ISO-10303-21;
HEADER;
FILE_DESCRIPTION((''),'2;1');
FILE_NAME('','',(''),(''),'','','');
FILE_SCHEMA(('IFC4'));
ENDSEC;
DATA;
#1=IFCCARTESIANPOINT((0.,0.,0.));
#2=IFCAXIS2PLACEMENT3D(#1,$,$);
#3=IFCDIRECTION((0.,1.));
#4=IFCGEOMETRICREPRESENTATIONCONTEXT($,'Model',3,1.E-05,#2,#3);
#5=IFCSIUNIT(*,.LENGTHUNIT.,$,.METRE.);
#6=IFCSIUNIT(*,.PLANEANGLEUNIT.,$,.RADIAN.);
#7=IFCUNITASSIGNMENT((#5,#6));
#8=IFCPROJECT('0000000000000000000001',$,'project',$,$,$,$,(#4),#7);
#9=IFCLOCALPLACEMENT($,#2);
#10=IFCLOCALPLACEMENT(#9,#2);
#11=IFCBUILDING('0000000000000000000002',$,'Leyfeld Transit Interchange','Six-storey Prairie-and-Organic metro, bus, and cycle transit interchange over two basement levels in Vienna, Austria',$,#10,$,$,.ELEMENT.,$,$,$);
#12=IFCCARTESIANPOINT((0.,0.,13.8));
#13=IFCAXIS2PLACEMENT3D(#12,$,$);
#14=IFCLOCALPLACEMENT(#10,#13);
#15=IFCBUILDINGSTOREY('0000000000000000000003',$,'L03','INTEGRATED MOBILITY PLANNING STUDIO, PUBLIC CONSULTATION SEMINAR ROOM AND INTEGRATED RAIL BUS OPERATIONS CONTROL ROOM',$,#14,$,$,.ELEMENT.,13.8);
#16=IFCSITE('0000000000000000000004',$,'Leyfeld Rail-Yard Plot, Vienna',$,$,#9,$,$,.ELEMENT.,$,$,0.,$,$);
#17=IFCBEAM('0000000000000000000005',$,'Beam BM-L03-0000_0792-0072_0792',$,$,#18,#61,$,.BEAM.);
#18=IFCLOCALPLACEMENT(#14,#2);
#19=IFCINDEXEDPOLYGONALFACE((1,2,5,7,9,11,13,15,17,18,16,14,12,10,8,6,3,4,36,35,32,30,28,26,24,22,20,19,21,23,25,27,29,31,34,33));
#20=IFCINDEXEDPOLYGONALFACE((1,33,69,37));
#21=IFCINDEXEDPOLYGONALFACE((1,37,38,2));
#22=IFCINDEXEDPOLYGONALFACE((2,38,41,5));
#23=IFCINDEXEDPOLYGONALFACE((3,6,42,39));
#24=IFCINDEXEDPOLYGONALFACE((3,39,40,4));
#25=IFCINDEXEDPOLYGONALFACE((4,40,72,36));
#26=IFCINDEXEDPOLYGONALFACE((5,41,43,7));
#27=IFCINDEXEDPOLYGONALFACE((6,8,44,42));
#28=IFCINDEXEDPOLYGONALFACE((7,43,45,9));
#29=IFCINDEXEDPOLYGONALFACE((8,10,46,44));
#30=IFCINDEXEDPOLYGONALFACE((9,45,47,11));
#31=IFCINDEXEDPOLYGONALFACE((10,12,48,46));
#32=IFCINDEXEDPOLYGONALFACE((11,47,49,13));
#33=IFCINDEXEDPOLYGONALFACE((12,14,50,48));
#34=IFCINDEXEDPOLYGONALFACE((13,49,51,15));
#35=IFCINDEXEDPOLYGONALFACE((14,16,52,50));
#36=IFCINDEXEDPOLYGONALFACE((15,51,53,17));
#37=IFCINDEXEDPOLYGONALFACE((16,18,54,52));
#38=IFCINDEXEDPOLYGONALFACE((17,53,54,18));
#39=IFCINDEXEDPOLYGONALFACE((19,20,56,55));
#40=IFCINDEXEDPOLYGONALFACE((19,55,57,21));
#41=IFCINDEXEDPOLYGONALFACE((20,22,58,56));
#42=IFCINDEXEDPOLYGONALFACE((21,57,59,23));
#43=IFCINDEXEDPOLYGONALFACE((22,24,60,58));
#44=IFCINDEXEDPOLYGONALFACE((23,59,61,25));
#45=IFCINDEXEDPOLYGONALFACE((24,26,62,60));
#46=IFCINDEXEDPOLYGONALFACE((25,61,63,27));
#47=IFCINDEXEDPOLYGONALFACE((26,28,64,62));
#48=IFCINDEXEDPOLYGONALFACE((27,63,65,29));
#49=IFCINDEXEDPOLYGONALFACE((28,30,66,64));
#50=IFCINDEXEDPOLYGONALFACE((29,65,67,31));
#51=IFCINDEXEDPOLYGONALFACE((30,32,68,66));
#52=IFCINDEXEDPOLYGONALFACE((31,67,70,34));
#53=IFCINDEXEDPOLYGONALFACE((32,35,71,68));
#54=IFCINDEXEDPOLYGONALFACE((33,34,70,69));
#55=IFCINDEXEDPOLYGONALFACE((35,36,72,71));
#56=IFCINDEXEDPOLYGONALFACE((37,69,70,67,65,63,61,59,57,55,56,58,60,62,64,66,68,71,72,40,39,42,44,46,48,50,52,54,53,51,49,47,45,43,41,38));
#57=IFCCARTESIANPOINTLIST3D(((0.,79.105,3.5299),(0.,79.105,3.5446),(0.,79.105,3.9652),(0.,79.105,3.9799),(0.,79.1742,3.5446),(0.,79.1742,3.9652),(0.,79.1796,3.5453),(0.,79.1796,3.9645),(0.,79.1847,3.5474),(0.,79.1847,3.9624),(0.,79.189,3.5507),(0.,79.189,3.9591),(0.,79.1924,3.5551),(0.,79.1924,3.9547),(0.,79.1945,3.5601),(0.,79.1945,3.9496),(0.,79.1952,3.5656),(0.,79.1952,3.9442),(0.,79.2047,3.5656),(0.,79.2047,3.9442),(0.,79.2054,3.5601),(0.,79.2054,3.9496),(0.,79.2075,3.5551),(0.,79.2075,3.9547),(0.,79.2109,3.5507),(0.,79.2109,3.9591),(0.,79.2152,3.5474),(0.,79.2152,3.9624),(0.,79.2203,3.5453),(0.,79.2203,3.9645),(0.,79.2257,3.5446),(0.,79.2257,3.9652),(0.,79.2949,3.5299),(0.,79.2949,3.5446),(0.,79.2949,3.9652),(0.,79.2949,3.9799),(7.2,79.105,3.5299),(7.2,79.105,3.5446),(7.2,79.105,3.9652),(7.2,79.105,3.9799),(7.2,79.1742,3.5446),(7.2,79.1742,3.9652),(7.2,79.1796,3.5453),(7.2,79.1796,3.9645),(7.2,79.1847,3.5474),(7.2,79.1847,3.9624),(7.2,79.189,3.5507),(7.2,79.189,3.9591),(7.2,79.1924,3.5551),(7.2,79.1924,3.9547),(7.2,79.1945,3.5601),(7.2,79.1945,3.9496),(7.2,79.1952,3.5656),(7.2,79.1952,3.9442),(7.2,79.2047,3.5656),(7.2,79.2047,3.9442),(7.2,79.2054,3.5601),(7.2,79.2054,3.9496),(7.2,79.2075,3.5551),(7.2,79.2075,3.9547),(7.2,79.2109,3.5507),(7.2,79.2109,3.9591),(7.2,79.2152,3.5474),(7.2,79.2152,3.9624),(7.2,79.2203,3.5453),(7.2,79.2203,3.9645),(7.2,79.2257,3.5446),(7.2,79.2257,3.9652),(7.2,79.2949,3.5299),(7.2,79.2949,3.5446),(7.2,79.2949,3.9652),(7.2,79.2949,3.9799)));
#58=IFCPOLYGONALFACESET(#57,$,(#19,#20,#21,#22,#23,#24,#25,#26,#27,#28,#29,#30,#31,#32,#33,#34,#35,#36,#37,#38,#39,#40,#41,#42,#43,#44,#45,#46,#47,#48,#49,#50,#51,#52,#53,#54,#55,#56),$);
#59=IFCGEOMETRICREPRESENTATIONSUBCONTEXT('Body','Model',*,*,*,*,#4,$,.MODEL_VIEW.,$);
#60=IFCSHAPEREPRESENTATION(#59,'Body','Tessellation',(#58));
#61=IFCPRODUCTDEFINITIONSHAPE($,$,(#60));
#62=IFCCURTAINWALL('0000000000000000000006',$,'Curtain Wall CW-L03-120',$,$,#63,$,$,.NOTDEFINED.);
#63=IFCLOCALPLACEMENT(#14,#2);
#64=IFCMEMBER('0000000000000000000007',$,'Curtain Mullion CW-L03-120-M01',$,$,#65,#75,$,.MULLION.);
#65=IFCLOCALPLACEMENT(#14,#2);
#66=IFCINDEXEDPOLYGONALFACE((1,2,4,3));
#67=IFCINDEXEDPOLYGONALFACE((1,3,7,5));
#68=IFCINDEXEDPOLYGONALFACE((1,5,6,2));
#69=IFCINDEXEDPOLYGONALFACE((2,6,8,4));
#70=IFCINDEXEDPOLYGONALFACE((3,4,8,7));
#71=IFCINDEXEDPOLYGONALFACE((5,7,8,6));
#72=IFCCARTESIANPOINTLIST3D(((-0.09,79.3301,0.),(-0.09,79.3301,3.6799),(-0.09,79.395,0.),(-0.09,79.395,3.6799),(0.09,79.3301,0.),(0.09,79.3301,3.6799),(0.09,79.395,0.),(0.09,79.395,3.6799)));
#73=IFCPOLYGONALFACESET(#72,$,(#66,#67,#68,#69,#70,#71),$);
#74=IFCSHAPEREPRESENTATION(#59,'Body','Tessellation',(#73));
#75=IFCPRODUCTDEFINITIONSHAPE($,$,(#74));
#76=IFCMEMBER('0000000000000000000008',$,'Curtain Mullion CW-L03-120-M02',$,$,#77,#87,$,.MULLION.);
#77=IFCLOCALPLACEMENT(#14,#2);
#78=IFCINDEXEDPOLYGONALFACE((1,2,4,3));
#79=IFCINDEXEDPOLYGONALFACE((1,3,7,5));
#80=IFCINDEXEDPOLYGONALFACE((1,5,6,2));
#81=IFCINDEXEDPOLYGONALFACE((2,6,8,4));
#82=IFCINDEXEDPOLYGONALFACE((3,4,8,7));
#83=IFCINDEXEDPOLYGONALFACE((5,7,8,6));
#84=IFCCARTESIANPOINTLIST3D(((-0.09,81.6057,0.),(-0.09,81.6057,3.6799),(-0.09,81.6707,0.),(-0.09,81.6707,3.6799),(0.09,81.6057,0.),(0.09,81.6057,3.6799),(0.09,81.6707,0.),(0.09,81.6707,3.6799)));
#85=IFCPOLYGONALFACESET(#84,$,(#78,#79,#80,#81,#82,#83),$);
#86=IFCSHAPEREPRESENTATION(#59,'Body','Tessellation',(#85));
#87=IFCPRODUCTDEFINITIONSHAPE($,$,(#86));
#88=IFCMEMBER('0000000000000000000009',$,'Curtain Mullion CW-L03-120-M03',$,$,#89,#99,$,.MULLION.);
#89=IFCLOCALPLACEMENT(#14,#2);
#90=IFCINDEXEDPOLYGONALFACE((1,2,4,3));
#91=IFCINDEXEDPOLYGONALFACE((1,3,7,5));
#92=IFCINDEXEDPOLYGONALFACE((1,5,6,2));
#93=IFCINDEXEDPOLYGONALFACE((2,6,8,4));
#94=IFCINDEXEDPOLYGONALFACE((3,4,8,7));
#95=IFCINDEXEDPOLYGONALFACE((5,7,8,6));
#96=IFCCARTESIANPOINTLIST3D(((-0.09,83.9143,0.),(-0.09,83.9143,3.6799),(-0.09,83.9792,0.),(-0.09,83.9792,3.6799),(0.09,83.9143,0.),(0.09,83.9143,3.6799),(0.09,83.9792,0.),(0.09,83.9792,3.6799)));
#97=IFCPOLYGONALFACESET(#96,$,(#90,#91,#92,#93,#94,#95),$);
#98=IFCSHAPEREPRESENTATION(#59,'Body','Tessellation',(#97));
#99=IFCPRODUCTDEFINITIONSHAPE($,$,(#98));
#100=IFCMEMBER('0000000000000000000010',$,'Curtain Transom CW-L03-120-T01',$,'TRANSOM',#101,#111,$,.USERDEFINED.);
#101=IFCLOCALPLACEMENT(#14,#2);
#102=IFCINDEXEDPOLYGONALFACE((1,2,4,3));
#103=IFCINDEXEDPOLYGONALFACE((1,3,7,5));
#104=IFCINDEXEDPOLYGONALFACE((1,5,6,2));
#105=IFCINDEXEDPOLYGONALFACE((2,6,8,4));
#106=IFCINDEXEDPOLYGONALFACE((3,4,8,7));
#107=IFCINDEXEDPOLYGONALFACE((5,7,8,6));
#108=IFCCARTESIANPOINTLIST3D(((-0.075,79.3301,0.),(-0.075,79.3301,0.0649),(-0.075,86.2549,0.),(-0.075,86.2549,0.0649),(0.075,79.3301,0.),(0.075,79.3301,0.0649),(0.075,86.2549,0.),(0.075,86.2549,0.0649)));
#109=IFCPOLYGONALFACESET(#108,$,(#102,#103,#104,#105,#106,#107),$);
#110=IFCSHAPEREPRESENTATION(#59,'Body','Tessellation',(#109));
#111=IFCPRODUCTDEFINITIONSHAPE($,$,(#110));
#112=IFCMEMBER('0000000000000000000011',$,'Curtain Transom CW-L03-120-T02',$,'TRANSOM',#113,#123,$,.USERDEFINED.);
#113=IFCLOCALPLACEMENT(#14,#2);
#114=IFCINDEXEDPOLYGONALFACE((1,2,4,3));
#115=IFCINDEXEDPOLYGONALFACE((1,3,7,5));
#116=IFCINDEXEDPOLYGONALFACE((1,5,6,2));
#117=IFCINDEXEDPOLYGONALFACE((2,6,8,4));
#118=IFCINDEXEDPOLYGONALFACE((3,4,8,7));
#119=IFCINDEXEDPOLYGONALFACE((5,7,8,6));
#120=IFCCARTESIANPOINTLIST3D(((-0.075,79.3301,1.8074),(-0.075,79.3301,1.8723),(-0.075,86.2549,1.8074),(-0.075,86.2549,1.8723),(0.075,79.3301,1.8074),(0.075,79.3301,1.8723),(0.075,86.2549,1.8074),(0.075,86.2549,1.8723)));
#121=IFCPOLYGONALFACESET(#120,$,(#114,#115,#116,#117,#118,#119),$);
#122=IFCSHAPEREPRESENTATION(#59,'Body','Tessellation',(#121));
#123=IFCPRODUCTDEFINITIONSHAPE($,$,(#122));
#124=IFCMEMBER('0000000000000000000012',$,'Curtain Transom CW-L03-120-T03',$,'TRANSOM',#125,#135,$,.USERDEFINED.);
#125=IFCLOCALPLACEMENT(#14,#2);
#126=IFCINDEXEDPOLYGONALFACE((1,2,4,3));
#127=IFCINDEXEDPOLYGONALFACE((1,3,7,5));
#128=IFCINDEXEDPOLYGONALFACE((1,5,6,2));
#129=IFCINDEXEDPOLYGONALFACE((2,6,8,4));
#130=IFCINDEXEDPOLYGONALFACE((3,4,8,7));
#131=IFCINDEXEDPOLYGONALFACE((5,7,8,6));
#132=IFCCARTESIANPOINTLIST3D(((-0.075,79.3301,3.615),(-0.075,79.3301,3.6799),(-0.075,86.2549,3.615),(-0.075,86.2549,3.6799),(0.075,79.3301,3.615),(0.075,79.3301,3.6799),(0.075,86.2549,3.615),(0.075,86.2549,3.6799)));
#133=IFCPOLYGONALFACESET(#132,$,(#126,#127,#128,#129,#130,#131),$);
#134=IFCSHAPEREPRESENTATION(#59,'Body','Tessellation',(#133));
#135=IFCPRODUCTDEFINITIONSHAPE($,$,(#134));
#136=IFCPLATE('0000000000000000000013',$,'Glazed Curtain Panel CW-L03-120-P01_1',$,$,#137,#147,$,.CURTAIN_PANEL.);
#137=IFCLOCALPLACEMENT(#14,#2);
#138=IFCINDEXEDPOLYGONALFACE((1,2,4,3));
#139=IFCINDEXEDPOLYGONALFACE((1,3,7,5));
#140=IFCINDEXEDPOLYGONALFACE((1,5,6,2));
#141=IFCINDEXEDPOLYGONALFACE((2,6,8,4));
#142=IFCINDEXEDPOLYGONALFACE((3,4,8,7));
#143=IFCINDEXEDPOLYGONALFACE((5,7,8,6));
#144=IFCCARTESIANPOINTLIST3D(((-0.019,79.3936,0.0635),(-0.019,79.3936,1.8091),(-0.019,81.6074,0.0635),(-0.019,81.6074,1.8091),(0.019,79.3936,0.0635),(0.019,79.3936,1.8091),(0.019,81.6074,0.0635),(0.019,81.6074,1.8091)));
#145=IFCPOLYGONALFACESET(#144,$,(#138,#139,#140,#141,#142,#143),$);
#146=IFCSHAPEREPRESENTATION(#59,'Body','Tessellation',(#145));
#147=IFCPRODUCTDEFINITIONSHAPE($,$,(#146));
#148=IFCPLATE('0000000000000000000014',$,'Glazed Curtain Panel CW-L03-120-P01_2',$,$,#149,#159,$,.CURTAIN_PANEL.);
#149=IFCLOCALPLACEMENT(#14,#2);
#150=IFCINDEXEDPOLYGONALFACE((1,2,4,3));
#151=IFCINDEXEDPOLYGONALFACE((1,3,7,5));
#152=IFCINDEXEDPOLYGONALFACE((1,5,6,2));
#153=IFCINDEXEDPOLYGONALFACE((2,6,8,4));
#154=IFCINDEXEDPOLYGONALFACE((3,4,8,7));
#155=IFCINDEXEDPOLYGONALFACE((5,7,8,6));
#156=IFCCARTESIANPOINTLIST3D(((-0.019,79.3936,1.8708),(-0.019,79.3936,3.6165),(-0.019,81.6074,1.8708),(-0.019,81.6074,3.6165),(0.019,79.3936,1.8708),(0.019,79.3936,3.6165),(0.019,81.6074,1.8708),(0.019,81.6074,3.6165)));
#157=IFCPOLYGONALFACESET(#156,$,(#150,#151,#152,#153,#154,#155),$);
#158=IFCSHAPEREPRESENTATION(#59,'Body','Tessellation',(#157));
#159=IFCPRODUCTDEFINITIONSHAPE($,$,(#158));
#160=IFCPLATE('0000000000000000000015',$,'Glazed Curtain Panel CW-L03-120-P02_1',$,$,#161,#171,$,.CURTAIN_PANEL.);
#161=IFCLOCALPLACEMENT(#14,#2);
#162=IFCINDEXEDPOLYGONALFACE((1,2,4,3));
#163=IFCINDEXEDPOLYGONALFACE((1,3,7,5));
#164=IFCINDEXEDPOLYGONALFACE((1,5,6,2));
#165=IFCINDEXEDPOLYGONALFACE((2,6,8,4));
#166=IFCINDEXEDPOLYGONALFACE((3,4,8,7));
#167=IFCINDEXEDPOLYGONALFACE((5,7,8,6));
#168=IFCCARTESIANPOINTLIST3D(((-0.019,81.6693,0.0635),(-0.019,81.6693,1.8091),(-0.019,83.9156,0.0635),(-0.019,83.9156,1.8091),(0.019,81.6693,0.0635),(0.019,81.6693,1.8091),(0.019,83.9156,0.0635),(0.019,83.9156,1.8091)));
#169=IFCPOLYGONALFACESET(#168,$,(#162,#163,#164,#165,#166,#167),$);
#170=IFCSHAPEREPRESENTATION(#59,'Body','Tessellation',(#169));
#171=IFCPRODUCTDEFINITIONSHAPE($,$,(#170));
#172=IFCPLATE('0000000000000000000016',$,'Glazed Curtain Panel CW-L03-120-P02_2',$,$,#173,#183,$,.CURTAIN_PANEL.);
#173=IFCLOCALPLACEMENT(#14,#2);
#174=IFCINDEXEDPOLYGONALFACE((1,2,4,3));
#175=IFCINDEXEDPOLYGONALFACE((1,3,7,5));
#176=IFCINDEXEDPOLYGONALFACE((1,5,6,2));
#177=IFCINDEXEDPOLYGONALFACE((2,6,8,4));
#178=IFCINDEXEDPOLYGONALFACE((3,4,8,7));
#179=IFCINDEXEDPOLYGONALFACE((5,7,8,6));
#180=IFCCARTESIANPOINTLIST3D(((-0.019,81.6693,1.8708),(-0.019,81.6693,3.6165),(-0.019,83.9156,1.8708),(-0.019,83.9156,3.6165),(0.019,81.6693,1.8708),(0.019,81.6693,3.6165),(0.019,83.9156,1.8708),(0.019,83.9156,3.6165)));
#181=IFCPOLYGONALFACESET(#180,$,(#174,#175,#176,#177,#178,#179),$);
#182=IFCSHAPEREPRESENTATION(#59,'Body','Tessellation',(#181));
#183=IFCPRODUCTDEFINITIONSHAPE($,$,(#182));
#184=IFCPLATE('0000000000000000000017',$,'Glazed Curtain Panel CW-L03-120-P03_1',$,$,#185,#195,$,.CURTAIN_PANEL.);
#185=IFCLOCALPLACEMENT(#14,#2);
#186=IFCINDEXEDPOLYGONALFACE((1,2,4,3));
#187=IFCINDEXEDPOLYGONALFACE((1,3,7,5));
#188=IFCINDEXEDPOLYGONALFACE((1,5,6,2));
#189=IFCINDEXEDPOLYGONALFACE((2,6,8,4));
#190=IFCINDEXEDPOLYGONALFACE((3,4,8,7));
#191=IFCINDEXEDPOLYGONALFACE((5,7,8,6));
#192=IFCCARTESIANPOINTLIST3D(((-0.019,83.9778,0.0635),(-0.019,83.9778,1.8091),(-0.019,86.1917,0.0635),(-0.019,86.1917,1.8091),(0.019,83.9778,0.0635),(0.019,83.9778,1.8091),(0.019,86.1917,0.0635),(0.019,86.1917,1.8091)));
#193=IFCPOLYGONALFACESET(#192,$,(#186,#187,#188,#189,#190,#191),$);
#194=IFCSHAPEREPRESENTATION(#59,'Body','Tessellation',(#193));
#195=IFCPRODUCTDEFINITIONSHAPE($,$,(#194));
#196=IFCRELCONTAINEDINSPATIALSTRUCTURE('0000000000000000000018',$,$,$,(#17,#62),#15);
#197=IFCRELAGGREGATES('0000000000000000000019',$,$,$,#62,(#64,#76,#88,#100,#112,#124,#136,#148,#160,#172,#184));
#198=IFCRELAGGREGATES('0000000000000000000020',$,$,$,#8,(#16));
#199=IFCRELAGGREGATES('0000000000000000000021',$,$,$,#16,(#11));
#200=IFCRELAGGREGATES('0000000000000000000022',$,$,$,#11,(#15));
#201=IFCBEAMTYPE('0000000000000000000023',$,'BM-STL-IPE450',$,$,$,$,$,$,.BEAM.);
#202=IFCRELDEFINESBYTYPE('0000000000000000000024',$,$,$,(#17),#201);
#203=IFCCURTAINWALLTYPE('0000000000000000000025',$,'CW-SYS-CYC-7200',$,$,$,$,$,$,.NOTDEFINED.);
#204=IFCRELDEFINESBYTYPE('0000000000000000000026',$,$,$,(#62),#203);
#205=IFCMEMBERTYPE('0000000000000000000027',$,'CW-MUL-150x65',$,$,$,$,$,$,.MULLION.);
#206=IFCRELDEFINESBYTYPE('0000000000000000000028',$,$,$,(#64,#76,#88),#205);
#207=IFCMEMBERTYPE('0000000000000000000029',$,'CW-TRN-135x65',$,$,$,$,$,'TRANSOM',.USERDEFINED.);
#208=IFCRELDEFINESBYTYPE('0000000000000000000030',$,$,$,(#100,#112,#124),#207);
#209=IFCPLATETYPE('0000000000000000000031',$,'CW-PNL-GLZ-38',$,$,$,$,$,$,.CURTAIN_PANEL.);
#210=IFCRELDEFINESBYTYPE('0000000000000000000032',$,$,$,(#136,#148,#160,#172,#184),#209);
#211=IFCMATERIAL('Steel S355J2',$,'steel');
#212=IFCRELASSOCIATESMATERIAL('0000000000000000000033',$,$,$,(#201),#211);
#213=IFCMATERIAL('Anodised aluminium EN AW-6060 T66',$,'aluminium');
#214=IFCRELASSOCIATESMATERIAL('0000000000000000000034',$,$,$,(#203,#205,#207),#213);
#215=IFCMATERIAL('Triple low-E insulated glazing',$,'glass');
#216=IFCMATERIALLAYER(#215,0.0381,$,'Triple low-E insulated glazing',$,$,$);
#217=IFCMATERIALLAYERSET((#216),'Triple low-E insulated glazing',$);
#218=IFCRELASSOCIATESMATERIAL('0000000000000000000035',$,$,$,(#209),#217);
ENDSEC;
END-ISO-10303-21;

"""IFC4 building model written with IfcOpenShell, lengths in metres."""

from ifc_helpers import new_model, si_unit, direction, frame, origin, origin_2d, place, context, subcontext, project, spatial, rectangle, i_section, extrude, material, layer, layer_set, material_profile, profile_set, type_object, element, aggregate, save


model = new_model("IFC4")

# Units and contexts
model_context = context("Model", 3, precision=1e-05, world=origin(), true_north=direction((0.0, 1.0)))
body_context = subcontext(model_context, "Body", "Model", "MODEL_VIEW")
ifc_project = project(units=[si_unit("LENGTHUNIT", "METRE"), si_unit("PLANEANGLEUNIT", "RADIAN")], contexts=[model_context])

# Site, building, storey
site_placement = place(None, origin())
site = spatial("IfcSite", under=ifc_project, at=site_placement, Name="Leyfeld Rail-Yard Plot, Vienna", CompositionType="ELEMENT", RefElevation=0.0)
building_placement = place(site_placement, origin())
building = spatial("IfcBuilding", under=site, at=building_placement, Name="Leyfeld Transit Interchange", Description="Six-storey Prairie-and-Organic metro, bus, and cycle transit interchange over two basement levels in Vienna, Austria", CompositionType="ELEMENT")
storey_placement = place(building_placement, frame((0.0, 0.0, 13.8)))
storey = spatial("IfcBuildingStorey", under=building, at=storey_placement, Name="L03", Description="INTEGRATED MOBILITY PLANNING STUDIO, PUBLIC CONSULTATION SEMINAR ROOM AND INTEGRATED RAIL BUS OPERATIONS CONTROL ROOM", CompositionType="ELEMENT", Elevation=13.8)

# Shared definitions
ifc_material_1 = material(Name="Steel S355J2", Category="steel")

# Beam
ifc_material_profile_1 = material_profile(ifc_material_1, i_section(OverallWidth=0.1899, OverallDepth=0.45, WebThickness=0.0095, FlangeThickness=0.0146, FilletRadius=0.021, at=origin_2d()), Name="IPE 450")
ifc_profile_set_1 = profile_set([ifc_material_profile_1], Name="Steel S355J2")
beam_type_1 = type_object("IfcBeamType", Name="BM-STL-IPE450", PredefinedType="BEAM", material=ifc_profile_set_1)
beam_1_placement = place(storey_placement, frame((0.0, 79.2, 3.7549), z_axis=(1.0, 0.0, 0.0), x_axis=(0.0, 1.0, 0.0)))
element("IfcBeam", 1, at=beam_1_placement, inside=storey, type_object=beam_type_1, Name="Beam BM-L03-0000_0792-0072_0792", PredefinedType="BEAM", context=body_context, shape_type="SweptSolid", body=[
    extrude(i_section(OverallWidth=0.1899, OverallDepth=0.45, WebThickness=0.0095, FlangeThickness=0.0146, FilletRadius=0.021, at=origin_2d()), origin(), (0.0, 0.0, 1.0), 7.2),
])

# Curtain wall, members, plates
ifc_material_2 = material(Name="Anodised aluminium EN AW-6060 T66", Category="aluminium")
curtain_wall_type = type_object("IfcCurtainWallType", Name="CW-SYS-CYC-7200", PredefinedType="NOTDEFINED", material=ifc_material_2)
curtain_wall_placement = place(storey_placement, origin())
curtain_wall = element("IfcCurtainWall", 2, at=curtain_wall_placement, inside=storey, type_object=curtain_wall_type, Name="Curtain Wall CW-L03-120", PredefinedType="NOTDEFINED")
ifc_material_profile_2 = material_profile(ifc_material_2, rectangle(XDim=0.0649, YDim=0.1799, at=origin_2d()), Name="CW-M 65x180")
ifc_profile_set_2 = profile_set([ifc_material_profile_2], Name="Anodised aluminium EN AW-6060 T66")
member_type_1 = type_object("IfcMemberType", Name="CW-MUL-150x65", PredefinedType="MULLION", material=ifc_profile_set_2)
member_1_placement = place(storey_placement, frame((0.0, 79.3625, 0.0), z_axis=(0.0, 0.0, 1.0), x_axis=(0.0, 1.0, 0.0)))
member_1 = element("IfcMember", 3, at=member_1_placement, type_object=member_type_1, Name="Curtain Mullion CW-L03-120-M01", PredefinedType="MULLION", context=body_context, shape_type="SweptSolid", body=[
    extrude(rectangle(XDim=0.0649, YDim=0.1799, at=origin_2d()), origin(), (0.0, 0.0, 1.0), 3.6799),
])
member_2_placement = place(storey_placement, frame((0.0, 81.6382, 0.0), z_axis=(0.0, 0.0, 1.0), x_axis=(0.0, 1.0, 0.0)))
member_2 = element("IfcMember", 4, at=member_2_placement, type_object=member_type_1, Name="Curtain Mullion CW-L03-120-M02", PredefinedType="MULLION", context=body_context, shape_type="SweptSolid", body=[
    extrude(rectangle(XDim=0.0649, YDim=0.1799, at=origin_2d()), origin(), (0.0, 0.0, 1.0), 3.6799),
])
member_3_placement = place(storey_placement, frame((0.0, 83.9468, 0.0), z_axis=(0.0, 0.0, 1.0), x_axis=(0.0, 1.0, 0.0)))
member_3 = element("IfcMember", 5, at=member_3_placement, type_object=member_type_1, Name="Curtain Mullion CW-L03-120-M03", PredefinedType="MULLION", context=body_context, shape_type="SweptSolid", body=[
    extrude(rectangle(XDim=0.0649, YDim=0.1799, at=origin_2d()), origin(), (0.0, 0.0, 1.0), 3.6799),
])
ifc_material_profile_3 = material_profile(ifc_material_2, rectangle(XDim=0.1499, YDim=0.0649, at=origin_2d()), Name="CW-TRN-135x65")
ifc_profile_set_3 = profile_set([ifc_material_profile_3], Name="Anodised aluminium EN AW-6060 T66")
member_type_2 = type_object("IfcMemberType", Name="CW-TRN-135x65", ElementType="TRANSOM", PredefinedType="USERDEFINED", material=ifc_profile_set_3)
member_4_placement = place(storey_placement, frame((0.0, 79.3301, 0.0325), z_axis=(0.0, 1.0, 0.0), x_axis=(-1.0, 0.0, 0.0)))
member_4 = element("IfcMember", 6, at=member_4_placement, type_object=member_type_2, Name="Curtain Transom CW-L03-120-T01", ObjectType="TRANSOM", PredefinedType="USERDEFINED", context=body_context, shape_type="SweptSolid", body=[
    extrude(rectangle(XDim=0.1499, YDim=0.0649, at=origin_2d()), origin(), (0.0, 0.0, 1.0), 6.9248),
])
member_5_placement = place(storey_placement, frame((0.0, 79.3301, 1.8398), z_axis=(0.0, 1.0, 0.0), x_axis=(-1.0, 0.0, 0.0)))
member_5 = element("IfcMember", 7, at=member_5_placement, type_object=member_type_2, Name="Curtain Transom CW-L03-120-T02", ObjectType="TRANSOM", PredefinedType="USERDEFINED", context=body_context, shape_type="SweptSolid", body=[
    extrude(rectangle(XDim=0.1499, YDim=0.0649, at=origin_2d()), origin(), (0.0, 0.0, 1.0), 6.9248),
])
member_6_placement = place(storey_placement, frame((0.0, 79.3301, 3.6475), z_axis=(0.0, 1.0, 0.0), x_axis=(-1.0, 0.0, 0.0)))
member_6 = element("IfcMember", 8, at=member_6_placement, type_object=member_type_2, Name="Curtain Transom CW-L03-120-T03", ObjectType="TRANSOM", PredefinedType="USERDEFINED", context=body_context, shape_type="SweptSolid", body=[
    extrude(rectangle(XDim=0.1499, YDim=0.0649, at=origin_2d()), origin(), (0.0, 0.0, 1.0), 6.9248),
])
ifc_material_3 = material(Name="Triple low-E insulated glazing", Category="glass")
ifc_layer_1 = layer(ifc_material_3, 0.0381, Name="Triple low-E insulated glazing")
ifc_layer_set_1 = layer_set([ifc_layer_1], Name="Triple low-E insulated glazing")
plate_type = type_object("IfcPlateType", Name="CW-PNL-GLZ-38", PredefinedType="CURTAIN_PANEL", material=ifc_layer_set_1)
plate_1_placement = place(storey_placement, frame((0.0, 80.5005, 0.0635), z_axis=(0.0, 0.0, 1.0), x_axis=(0.0, 1.0, 0.0)))
plate_1 = element("IfcPlate", 9, at=plate_1_placement, type_object=plate_type, Name="Glazed Curtain Panel CW-L03-120-P01_1", PredefinedType="CURTAIN_PANEL", context=body_context, shape_type="SweptSolid", body=[
    extrude(rectangle(XDim=2.2139, YDim=0.0381, at=origin_2d()), origin(), (0.0, 0.0, 1.0), 1.7456),
])
plate_2_placement = place(storey_placement, frame((0.0, 80.5005, 1.8708), z_axis=(0.0, 0.0, 1.0), x_axis=(0.0, 1.0, 0.0)))
plate_2 = element("IfcPlate", 10, at=plate_2_placement, type_object=plate_type, Name="Glazed Curtain Panel CW-L03-120-P01_2", PredefinedType="CURTAIN_PANEL", context=body_context, shape_type="SweptSolid", body=[
    extrude(rectangle(XDim=2.2139, YDim=0.0381, at=origin_2d()), origin(), (0.0, 0.0, 1.0), 1.7456),
])
plate_3_placement = place(storey_placement, frame((0.0, 82.7925, 0.0635), z_axis=(0.0, 0.0, 1.0), x_axis=(0.0, 1.0, 0.0)))
plate_3 = element("IfcPlate", 11, at=plate_3_placement, type_object=plate_type, Name="Glazed Curtain Panel CW-L03-120-P02_1", PredefinedType="CURTAIN_PANEL", context=body_context, shape_type="SweptSolid", body=[
    extrude(rectangle(XDim=2.2463, YDim=0.0381, at=origin_2d()), origin(), (0.0, 0.0, 1.0), 1.7456),
])
plate_4_placement = place(storey_placement, frame((0.0, 82.7925, 1.8708), z_axis=(0.0, 0.0, 1.0), x_axis=(0.0, 1.0, 0.0)))
plate_4 = element("IfcPlate", 12, at=plate_4_placement, type_object=plate_type, Name="Glazed Curtain Panel CW-L03-120-P02_2", PredefinedType="CURTAIN_PANEL", context=body_context, shape_type="SweptSolid", body=[
    extrude(rectangle(XDim=2.2463, YDim=0.0381, at=origin_2d()), origin(), (0.0, 0.0, 1.0), 1.7456),
])
plate_5_placement = place(storey_placement, frame((0.0, 85.0847, 0.0635), z_axis=(0.0, 0.0, 1.0), x_axis=(0.0, 1.0, 0.0)))
plate_5 = element("IfcPlate", 13, at=plate_5_placement, type_object=plate_type, Name="Glazed Curtain Panel CW-L03-120-P03_1", PredefinedType="CURTAIN_PANEL", context=body_context, shape_type="SweptSolid", body=[
    extrude(rectangle(XDim=2.2139, YDim=0.0381, at=origin_2d()), origin(), (0.0, 0.0, 1.0), 1.7456),
])
aggregate(curtain_wall, [member_1, member_2, member_3, member_4, member_5, member_6, plate_1, plate_2, plate_3, plate_4, plate_5])

save(model, "model.ifc")
